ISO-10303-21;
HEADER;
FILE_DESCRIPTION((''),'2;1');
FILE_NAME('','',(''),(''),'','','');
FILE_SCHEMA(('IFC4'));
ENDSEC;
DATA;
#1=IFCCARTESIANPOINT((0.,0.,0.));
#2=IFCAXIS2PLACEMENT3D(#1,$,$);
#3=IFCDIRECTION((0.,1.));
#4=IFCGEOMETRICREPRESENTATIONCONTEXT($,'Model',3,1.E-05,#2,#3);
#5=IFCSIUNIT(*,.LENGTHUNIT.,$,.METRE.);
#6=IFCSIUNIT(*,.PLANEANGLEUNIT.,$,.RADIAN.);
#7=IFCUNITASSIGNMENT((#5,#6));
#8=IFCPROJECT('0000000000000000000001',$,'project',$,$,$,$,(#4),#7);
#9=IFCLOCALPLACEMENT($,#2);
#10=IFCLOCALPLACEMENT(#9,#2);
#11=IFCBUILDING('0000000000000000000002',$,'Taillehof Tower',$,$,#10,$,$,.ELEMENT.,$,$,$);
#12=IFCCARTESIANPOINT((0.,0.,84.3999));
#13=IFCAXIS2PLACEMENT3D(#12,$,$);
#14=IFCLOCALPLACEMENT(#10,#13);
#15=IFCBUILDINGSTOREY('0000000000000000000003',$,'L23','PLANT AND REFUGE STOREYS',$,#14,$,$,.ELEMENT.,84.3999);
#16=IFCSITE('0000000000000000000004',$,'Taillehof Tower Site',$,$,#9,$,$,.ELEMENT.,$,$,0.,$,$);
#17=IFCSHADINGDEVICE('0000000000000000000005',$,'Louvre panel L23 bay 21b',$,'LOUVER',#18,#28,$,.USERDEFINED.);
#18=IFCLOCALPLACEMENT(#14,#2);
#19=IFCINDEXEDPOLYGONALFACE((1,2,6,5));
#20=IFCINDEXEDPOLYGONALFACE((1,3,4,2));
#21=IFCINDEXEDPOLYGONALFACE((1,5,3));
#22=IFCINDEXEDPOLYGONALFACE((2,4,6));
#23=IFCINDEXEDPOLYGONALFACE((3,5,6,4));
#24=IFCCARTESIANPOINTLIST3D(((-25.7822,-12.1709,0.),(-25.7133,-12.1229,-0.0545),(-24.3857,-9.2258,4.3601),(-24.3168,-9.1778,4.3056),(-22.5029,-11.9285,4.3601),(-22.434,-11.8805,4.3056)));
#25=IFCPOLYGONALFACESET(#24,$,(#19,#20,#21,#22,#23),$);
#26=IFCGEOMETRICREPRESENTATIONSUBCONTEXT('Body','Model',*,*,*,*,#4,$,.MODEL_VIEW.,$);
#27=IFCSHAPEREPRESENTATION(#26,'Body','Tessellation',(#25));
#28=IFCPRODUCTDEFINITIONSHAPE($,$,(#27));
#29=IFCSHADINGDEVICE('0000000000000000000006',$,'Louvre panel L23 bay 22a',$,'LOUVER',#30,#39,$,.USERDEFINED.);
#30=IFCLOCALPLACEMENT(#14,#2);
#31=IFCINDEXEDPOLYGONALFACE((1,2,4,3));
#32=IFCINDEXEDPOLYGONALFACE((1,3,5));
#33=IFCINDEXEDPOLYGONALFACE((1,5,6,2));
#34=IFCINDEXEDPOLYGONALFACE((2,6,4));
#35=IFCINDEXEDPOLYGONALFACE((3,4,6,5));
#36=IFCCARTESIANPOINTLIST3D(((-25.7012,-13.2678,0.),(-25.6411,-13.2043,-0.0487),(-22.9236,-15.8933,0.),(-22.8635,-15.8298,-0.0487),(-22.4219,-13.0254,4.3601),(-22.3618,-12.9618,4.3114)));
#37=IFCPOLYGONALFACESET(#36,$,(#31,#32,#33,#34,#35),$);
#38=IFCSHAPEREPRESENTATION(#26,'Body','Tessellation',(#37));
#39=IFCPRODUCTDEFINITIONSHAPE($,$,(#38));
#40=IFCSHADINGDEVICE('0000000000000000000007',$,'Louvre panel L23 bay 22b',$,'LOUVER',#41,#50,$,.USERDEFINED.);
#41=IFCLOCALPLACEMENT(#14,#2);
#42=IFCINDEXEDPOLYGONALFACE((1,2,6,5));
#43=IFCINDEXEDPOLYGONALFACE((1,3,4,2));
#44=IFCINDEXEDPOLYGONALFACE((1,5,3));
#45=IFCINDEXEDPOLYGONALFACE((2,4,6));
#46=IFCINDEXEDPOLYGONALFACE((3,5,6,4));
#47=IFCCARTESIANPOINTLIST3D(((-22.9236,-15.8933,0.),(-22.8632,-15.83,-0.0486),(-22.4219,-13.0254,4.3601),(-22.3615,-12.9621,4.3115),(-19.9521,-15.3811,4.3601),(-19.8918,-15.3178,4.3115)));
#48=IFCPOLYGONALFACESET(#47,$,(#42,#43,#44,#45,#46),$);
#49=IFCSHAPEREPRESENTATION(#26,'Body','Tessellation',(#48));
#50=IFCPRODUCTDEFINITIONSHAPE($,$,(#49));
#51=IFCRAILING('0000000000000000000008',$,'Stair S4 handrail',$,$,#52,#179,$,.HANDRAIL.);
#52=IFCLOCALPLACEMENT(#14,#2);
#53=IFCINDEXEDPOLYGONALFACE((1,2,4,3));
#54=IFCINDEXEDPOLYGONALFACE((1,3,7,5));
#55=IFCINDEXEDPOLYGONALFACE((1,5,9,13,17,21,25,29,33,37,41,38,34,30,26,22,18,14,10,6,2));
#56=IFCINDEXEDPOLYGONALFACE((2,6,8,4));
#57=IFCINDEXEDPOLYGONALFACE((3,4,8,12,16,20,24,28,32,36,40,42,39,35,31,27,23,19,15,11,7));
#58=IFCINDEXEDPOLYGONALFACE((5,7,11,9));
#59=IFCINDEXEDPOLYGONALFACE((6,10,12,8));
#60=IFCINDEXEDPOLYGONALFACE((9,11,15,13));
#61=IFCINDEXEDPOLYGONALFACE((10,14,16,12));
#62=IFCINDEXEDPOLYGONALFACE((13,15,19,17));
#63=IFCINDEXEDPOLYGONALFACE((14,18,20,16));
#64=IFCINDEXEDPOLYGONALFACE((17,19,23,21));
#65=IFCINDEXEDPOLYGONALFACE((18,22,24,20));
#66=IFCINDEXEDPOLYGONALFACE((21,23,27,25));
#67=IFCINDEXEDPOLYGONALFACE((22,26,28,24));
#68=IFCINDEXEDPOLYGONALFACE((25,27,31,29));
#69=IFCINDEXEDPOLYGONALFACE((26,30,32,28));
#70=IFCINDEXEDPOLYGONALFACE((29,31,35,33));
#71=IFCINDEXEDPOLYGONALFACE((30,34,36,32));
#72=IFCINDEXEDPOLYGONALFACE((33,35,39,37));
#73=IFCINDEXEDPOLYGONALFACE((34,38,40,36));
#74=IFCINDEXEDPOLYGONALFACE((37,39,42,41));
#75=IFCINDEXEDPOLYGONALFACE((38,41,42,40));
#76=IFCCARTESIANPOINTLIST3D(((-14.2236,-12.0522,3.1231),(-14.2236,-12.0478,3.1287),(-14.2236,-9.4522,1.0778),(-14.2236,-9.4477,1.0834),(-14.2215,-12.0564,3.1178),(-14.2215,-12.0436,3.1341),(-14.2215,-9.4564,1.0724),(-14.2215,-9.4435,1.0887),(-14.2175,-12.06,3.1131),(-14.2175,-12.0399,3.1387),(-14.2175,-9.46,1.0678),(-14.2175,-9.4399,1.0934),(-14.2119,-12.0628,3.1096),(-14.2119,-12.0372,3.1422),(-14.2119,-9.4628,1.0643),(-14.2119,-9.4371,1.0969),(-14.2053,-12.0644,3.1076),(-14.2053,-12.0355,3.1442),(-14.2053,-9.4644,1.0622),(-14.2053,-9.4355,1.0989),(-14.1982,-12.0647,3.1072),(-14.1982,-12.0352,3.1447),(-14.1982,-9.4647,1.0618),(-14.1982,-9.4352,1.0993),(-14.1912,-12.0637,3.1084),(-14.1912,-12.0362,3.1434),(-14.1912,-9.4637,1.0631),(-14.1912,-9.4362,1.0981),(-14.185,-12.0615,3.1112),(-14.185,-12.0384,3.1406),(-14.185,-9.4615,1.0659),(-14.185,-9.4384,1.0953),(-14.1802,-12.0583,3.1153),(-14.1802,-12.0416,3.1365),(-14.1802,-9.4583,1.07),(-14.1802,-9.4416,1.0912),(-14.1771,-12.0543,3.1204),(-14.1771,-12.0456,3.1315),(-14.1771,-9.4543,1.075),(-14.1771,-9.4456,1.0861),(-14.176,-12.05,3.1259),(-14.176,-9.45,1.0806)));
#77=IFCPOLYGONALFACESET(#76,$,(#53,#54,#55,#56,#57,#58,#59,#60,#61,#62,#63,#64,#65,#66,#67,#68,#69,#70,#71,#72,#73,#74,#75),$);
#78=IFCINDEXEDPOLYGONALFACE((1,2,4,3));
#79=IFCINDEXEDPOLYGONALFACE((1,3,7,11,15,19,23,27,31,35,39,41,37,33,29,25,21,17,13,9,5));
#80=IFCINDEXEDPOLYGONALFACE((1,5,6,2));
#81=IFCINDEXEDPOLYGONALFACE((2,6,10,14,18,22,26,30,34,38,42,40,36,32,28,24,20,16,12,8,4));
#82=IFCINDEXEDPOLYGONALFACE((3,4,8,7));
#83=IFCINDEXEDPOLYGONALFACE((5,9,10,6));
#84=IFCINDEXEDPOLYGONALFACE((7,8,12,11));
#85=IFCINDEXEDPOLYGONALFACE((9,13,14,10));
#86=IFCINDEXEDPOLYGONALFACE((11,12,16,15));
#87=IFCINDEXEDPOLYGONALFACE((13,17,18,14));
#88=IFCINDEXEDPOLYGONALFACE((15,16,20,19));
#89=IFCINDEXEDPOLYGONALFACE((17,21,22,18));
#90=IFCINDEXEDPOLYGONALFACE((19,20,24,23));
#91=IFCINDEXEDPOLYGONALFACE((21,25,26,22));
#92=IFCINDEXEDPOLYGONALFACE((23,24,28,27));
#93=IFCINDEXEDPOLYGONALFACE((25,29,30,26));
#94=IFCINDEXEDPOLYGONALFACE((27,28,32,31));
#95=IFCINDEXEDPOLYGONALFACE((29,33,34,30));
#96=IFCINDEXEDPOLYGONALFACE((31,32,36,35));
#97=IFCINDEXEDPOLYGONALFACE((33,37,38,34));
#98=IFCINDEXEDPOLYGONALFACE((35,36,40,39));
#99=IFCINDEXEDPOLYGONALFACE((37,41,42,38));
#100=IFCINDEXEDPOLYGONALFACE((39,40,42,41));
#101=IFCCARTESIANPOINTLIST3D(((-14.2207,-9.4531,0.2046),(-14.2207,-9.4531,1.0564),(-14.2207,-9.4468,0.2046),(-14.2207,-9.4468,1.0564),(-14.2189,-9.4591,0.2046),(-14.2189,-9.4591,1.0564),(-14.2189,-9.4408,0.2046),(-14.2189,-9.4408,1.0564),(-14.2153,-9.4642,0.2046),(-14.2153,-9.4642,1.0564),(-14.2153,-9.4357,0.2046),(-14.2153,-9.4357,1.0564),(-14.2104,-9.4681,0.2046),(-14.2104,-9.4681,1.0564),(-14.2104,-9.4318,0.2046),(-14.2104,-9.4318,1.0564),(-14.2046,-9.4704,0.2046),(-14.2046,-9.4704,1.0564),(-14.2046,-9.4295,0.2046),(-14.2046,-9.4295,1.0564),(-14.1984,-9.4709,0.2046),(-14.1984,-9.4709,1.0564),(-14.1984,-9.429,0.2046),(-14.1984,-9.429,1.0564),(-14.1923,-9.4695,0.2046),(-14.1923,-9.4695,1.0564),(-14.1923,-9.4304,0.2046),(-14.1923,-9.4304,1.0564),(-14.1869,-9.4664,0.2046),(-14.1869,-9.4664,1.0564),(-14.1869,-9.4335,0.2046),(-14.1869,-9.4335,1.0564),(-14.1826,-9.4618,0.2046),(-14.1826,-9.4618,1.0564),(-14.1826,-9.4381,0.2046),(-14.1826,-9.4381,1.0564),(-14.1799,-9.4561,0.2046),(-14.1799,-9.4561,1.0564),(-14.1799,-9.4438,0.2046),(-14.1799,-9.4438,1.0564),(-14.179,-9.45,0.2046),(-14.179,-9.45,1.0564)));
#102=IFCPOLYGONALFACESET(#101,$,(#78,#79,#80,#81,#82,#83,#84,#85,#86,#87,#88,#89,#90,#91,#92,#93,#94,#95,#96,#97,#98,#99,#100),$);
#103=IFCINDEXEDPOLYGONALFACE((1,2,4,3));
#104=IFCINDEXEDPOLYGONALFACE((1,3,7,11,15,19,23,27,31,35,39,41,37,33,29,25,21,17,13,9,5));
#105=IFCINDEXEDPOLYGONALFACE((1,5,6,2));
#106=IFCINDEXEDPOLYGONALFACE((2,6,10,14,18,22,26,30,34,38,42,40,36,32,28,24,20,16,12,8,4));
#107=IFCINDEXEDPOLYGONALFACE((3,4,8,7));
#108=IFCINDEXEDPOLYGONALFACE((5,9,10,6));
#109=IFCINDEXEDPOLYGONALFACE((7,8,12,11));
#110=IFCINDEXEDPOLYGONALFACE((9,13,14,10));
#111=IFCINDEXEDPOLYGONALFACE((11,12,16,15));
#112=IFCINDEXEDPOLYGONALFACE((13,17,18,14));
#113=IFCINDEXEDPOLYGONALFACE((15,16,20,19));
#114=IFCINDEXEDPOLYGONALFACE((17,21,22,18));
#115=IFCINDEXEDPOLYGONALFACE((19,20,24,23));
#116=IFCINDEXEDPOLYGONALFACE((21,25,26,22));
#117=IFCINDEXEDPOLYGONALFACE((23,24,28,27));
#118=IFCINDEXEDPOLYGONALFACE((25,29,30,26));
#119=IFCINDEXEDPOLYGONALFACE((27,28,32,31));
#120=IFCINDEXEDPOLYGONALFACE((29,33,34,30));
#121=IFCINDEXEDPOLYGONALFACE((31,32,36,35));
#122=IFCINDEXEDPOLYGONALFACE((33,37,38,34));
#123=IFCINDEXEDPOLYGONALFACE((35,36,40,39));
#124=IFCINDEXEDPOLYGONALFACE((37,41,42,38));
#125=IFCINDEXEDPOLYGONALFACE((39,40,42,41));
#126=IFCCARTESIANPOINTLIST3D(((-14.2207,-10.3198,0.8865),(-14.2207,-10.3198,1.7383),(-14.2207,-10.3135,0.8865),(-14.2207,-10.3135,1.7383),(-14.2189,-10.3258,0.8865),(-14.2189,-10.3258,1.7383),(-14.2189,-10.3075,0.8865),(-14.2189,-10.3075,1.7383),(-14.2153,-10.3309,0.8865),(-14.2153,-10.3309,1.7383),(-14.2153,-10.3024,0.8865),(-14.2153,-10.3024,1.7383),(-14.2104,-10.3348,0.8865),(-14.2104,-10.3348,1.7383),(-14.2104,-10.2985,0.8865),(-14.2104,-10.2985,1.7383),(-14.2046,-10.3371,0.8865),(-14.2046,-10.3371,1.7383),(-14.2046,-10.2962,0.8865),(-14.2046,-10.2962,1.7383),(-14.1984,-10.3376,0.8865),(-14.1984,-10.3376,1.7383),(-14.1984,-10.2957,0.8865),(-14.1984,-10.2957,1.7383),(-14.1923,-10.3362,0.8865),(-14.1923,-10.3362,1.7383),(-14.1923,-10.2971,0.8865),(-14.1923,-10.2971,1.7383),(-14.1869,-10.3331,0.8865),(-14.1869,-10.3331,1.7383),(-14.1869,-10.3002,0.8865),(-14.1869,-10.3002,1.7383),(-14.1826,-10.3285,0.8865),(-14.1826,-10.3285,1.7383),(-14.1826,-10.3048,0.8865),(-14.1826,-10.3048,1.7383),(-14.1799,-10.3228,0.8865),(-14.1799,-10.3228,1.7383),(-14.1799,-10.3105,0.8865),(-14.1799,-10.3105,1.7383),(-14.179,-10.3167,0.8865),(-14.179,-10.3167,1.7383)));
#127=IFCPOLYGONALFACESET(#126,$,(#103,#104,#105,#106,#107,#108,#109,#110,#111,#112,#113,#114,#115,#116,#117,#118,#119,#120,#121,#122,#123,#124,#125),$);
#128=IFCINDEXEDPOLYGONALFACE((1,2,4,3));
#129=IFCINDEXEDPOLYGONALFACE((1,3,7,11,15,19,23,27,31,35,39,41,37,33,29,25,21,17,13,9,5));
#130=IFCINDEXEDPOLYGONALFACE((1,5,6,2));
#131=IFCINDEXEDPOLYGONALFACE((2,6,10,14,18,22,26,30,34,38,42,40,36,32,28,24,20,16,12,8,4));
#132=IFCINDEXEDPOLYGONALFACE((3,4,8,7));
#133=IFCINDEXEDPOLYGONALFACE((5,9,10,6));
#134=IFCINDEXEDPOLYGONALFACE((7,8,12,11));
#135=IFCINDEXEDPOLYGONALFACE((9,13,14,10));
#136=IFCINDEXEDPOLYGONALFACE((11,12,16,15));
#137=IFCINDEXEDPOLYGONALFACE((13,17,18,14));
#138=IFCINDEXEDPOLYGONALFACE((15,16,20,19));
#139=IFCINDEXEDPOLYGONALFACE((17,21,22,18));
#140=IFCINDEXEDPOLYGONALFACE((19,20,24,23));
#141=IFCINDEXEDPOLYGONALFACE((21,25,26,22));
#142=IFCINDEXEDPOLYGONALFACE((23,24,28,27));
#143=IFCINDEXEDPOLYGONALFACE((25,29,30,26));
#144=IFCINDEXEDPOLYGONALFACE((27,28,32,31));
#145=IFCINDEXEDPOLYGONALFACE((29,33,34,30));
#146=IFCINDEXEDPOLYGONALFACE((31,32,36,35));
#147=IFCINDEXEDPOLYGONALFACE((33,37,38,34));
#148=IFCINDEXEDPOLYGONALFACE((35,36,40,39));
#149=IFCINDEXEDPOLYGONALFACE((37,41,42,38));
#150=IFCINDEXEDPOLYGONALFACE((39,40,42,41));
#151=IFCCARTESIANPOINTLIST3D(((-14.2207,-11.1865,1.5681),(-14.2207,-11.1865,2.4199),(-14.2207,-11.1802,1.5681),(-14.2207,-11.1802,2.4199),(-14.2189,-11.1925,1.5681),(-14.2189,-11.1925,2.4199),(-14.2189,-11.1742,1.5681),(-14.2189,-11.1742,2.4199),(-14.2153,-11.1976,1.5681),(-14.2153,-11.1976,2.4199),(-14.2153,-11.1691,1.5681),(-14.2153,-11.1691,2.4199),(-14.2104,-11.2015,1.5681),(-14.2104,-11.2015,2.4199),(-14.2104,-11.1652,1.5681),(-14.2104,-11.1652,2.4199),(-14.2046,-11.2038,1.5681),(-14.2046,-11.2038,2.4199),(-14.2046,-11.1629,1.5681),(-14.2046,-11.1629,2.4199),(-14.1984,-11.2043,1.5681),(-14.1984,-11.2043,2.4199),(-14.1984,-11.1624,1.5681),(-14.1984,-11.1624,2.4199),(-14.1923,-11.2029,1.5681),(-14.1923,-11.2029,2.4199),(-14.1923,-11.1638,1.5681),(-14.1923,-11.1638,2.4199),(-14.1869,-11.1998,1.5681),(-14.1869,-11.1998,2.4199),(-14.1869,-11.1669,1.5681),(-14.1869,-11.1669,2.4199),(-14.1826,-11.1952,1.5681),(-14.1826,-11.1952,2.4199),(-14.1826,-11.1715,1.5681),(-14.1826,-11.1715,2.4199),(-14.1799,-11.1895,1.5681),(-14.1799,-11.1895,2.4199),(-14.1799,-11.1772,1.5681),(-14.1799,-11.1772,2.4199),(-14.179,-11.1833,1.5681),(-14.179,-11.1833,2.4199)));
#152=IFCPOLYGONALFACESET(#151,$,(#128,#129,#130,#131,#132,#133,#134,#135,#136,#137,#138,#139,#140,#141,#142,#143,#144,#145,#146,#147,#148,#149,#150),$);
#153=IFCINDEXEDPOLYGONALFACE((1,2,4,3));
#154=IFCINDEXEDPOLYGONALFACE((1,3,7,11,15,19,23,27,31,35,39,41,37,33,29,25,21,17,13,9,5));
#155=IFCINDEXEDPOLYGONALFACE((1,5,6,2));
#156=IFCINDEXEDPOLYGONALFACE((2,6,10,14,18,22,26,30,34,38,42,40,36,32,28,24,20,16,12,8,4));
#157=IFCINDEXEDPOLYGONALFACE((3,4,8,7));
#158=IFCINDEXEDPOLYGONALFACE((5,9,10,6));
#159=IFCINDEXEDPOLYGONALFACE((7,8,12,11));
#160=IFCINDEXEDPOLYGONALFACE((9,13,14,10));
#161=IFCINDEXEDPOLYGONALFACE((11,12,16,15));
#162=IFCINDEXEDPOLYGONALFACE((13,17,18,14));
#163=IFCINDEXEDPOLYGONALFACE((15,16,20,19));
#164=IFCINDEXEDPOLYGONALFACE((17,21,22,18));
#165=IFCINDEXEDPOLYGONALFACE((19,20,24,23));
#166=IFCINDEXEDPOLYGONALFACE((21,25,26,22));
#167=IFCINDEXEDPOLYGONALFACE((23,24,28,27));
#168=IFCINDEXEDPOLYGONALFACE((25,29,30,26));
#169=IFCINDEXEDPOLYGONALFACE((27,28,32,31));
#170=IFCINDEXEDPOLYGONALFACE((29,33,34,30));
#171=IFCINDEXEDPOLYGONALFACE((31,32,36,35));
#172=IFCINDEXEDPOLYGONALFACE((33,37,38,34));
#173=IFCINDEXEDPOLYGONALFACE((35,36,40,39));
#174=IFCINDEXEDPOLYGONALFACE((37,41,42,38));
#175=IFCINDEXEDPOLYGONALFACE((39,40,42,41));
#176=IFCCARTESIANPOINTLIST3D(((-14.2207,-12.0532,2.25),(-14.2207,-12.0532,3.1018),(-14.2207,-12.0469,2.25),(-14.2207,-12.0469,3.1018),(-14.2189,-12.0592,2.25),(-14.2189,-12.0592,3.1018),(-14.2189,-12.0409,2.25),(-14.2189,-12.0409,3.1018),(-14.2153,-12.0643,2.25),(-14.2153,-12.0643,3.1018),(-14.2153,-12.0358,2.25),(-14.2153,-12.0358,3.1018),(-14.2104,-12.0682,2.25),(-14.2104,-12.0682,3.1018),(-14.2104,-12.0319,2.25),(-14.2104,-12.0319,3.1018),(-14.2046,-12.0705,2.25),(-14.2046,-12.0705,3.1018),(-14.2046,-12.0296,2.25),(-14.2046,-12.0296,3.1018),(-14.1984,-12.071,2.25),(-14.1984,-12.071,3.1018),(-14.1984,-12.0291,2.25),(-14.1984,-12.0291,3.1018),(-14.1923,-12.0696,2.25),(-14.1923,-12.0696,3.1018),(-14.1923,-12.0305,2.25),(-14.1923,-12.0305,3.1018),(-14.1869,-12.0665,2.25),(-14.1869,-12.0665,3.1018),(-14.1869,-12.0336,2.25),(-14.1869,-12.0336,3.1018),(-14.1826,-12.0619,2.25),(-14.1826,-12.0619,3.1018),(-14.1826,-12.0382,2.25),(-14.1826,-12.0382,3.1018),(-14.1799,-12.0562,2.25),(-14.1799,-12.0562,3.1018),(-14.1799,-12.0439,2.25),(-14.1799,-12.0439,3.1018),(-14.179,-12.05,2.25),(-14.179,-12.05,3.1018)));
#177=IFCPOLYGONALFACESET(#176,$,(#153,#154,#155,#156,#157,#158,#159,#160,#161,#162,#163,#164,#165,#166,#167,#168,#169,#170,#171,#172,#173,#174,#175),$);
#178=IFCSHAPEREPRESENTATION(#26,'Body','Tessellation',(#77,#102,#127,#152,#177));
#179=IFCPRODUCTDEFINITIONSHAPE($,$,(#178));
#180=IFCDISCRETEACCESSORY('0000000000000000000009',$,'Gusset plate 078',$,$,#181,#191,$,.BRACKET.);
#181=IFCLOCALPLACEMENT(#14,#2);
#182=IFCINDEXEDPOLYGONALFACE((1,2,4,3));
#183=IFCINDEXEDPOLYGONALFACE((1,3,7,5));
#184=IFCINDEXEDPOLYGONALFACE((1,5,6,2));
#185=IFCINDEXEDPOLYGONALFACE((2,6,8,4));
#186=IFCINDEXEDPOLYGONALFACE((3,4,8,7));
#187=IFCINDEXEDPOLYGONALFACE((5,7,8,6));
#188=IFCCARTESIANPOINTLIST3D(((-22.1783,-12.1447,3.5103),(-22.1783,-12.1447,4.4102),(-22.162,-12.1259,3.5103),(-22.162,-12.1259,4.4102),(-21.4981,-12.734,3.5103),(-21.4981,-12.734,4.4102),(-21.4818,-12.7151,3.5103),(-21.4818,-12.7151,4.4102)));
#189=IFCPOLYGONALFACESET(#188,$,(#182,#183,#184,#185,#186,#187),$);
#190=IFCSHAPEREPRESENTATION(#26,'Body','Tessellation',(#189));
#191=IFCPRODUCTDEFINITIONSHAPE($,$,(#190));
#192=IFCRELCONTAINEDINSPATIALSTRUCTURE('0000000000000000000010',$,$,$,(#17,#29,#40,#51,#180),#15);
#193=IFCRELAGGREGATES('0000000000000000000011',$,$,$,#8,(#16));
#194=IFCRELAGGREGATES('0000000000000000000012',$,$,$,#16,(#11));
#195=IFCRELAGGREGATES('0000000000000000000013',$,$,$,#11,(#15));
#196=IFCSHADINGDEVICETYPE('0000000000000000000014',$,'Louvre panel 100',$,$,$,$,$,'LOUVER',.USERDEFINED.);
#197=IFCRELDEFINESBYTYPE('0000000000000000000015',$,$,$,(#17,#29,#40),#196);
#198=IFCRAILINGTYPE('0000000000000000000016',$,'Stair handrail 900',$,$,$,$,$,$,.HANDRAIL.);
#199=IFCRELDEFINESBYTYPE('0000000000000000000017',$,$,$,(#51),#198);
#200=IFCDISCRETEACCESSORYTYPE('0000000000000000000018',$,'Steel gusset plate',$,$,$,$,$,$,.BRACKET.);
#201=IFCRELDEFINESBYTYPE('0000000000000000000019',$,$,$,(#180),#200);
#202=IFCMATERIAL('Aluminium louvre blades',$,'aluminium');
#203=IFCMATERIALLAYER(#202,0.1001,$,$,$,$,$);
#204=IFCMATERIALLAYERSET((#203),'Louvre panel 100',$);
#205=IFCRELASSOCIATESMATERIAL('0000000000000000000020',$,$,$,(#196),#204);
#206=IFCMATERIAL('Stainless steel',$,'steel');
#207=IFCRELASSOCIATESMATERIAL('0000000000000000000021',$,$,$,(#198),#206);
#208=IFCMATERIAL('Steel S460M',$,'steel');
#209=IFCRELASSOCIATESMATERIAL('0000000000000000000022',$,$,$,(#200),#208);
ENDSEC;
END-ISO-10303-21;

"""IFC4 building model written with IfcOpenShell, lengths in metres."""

from ifc_helpers import new_model, si_unit, direction, frame, origin, origin_2d, place, context, subcontext, project, spatial, polyline, rectangle, circle, outline, extrude, material, layer, layer_set, type_object, element, save


model = new_model("IFC4")

# Units and contexts
model_context = context("Model", 3, precision=1e-05, world=origin(), true_north=direction((0.0, 1.0)))
body_context = subcontext(model_context, "Body", "Model", "MODEL_VIEW")
ifc_project = project(units=[si_unit("LENGTHUNIT", "METRE"), si_unit("PLANEANGLEUNIT", "RADIAN")], contexts=[model_context])

# Site, building, storey
site_placement = place(None, origin())
site = spatial("IfcSite", under=ifc_project, at=site_placement, Name="Taillehof Tower Site", CompositionType="ELEMENT", RefElevation=0.0)
building_placement = place(site_placement, origin())
building = spatial("IfcBuilding", under=site, at=building_placement, Name="Taillehof Tower", CompositionType="ELEMENT")
storey_placement = place(building_placement, frame((0.0, 0.0, 84.3999)))
storey = spatial("IfcBuildingStorey", under=building, at=storey_placement, Name="L23", Description="PLANT AND REFUGE STOREYS", CompositionType="ELEMENT", Elevation=84.3999)

# Shading devices
ifc_material_1 = material(Name="Aluminium louvre blades", Category="aluminium")
ifc_layer_1 = layer(ifc_material_1, 0.1001)
ifc_layer_set_1 = layer_set([ifc_layer_1], Name="Louvre panel 100")
shading_device_type = type_object("IfcShadingDeviceType", Name="Louvre panel 100", ElementType="LOUVER", PredefinedType="USERDEFINED", material=ifc_layer_set_1)
shading_device_1_placement = place(storey_placement, frame((-25.7822, -12.1709, 0.0), z_axis=(-0.688302, -0.479511, 0.544343), x_axis=(0.600488, 0.044393, 0.798401)))
element("IfcShadingDevice", 1, at=shading_device_1_placement, inside=storey, type_object=shading_device_type, Name="Louvre panel L23 bay 21b", ObjectType="LOUVER", PredefinedType="USERDEFINED", context=body_context, shape_type="SweptSolid", body=[
    extrude(outline(polyline([(0.0, 0.0), (5.4611, 0.0), (4.4504, 3.1349), (0.0, 0.0)])), origin(), (0.0, 0.0, -1.0), 0.1001),
])
shading_device_2_placement = place(storey_placement, frame((-25.7012, -13.2678, 0.0), z_axis=(-0.600101, -0.634866, 0.486645), x_axis=(0.726724, -0.686929, 0.0)))
element("IfcShadingDevice", 2, at=shading_device_2_placement, inside=storey, type_object=shading_device_type, Name="Louvre panel L23 bay 22a", ObjectType="LOUVER", PredefinedType="USERDEFINED", context=body_context, shape_type="SweptSolid", body=[
    extrude(outline(polyline([(0.0, 0.0), (3.8221, 0.0), (2.2166, 4.991), (0.0, 0.0)])), origin(), (0.0, 0.0, -1.0), 0.1001),
])
shading_device_3_placement = place(storey_placement, frame((-22.9236, -15.8933, 0.0), z_axis=(-0.603393, -0.632596, 0.48553), x_axis=(0.560525, 0.096622, 0.822481)))
element("IfcShadingDevice", 3, at=shading_device_3_placement, inside=storey, type_object=shading_device_type, Name="Louvre panel L23 bay 22b", ObjectType="LOUVER", PredefinedType="USERDEFINED", context=body_context, shape_type="SweptSolid", body=[
    extrude(outline(polyline([(0.0, 0.0), (5.3012, 0.0), (4.1444, 3.2111), (0.0, 0.0)])), origin(), (0.0, 0.0, -1.0), 0.1001),
])

# Railing
ifc_material_2 = material(Name="Stainless steel", Category="steel")
railing_type = type_object("IfcRailingType", Name="Stair handrail 900", PredefinedType="HANDRAIL", material=ifc_material_2)
railing_placement = place(storey_placement, frame((-14.2, -9.45, 0.2046)))
element("IfcRailing", 4, at=railing_placement, inside=storey, type_object=railing_type, Name="Stair S4 handrail", PredefinedType="HANDRAIL", context=body_context, shape_type="SweptSolid", body=[
    extrude(circle(Radius=0.0239, at=origin_2d()), frame((0.0, 0.0, 0.876), z_axis=(0.0, -0.785955, 0.618284), x_axis=(1.0, 0.0, 0.0)), (0.0, 0.0, 1.0), 3.3081),
    extrude(circle(Radius=0.021, at=origin_2d()), origin(), (0.0, 0.0, 1.0), 0.8518),
    extrude(circle(Radius=0.021, at=origin_2d()), frame((0.0, -0.8667, 0.6819)), (0.0, 0.0, 1.0), 0.8518),
    extrude(circle(Radius=0.021, at=origin_2d()), frame((0.0, -1.7334, 1.3635)), (0.0, 0.0, 1.0), 0.8518),
    extrude(circle(Radius=0.021, at=origin_2d()), frame((0.0, -2.6001, 2.0454)), (0.0, 0.0, 1.0), 0.8518),
])

# Discrete accessory
ifc_material_3 = material(Name="Steel S460M", Category="steel")
discrete_accessory_type = type_object("IfcDiscreteAccessoryType", Name="Steel gusset plate", PredefinedType="BRACKET", material=ifc_material_3)
discrete_accessory_placement = place(storey_placement, frame((-21.8301, -12.4299, 3.5103), z_axis=(0.0, 0.0, 1.0), x_axis=(0.75584, -0.654757, 0.0)))
element("IfcDiscreteAccessory", 5, at=discrete_accessory_placement, inside=storey, type_object=discrete_accessory_type, Name="Gusset plate 078", PredefinedType="BRACKET", context=body_context, shape_type="SweptSolid", body=[
    extrude(rectangle(XDim=0.8999, YDim=0.0249, at=origin_2d()), origin(), (0.0, 0.0, 1.0), 0.8999),
])

save(model, "model.ifc")
